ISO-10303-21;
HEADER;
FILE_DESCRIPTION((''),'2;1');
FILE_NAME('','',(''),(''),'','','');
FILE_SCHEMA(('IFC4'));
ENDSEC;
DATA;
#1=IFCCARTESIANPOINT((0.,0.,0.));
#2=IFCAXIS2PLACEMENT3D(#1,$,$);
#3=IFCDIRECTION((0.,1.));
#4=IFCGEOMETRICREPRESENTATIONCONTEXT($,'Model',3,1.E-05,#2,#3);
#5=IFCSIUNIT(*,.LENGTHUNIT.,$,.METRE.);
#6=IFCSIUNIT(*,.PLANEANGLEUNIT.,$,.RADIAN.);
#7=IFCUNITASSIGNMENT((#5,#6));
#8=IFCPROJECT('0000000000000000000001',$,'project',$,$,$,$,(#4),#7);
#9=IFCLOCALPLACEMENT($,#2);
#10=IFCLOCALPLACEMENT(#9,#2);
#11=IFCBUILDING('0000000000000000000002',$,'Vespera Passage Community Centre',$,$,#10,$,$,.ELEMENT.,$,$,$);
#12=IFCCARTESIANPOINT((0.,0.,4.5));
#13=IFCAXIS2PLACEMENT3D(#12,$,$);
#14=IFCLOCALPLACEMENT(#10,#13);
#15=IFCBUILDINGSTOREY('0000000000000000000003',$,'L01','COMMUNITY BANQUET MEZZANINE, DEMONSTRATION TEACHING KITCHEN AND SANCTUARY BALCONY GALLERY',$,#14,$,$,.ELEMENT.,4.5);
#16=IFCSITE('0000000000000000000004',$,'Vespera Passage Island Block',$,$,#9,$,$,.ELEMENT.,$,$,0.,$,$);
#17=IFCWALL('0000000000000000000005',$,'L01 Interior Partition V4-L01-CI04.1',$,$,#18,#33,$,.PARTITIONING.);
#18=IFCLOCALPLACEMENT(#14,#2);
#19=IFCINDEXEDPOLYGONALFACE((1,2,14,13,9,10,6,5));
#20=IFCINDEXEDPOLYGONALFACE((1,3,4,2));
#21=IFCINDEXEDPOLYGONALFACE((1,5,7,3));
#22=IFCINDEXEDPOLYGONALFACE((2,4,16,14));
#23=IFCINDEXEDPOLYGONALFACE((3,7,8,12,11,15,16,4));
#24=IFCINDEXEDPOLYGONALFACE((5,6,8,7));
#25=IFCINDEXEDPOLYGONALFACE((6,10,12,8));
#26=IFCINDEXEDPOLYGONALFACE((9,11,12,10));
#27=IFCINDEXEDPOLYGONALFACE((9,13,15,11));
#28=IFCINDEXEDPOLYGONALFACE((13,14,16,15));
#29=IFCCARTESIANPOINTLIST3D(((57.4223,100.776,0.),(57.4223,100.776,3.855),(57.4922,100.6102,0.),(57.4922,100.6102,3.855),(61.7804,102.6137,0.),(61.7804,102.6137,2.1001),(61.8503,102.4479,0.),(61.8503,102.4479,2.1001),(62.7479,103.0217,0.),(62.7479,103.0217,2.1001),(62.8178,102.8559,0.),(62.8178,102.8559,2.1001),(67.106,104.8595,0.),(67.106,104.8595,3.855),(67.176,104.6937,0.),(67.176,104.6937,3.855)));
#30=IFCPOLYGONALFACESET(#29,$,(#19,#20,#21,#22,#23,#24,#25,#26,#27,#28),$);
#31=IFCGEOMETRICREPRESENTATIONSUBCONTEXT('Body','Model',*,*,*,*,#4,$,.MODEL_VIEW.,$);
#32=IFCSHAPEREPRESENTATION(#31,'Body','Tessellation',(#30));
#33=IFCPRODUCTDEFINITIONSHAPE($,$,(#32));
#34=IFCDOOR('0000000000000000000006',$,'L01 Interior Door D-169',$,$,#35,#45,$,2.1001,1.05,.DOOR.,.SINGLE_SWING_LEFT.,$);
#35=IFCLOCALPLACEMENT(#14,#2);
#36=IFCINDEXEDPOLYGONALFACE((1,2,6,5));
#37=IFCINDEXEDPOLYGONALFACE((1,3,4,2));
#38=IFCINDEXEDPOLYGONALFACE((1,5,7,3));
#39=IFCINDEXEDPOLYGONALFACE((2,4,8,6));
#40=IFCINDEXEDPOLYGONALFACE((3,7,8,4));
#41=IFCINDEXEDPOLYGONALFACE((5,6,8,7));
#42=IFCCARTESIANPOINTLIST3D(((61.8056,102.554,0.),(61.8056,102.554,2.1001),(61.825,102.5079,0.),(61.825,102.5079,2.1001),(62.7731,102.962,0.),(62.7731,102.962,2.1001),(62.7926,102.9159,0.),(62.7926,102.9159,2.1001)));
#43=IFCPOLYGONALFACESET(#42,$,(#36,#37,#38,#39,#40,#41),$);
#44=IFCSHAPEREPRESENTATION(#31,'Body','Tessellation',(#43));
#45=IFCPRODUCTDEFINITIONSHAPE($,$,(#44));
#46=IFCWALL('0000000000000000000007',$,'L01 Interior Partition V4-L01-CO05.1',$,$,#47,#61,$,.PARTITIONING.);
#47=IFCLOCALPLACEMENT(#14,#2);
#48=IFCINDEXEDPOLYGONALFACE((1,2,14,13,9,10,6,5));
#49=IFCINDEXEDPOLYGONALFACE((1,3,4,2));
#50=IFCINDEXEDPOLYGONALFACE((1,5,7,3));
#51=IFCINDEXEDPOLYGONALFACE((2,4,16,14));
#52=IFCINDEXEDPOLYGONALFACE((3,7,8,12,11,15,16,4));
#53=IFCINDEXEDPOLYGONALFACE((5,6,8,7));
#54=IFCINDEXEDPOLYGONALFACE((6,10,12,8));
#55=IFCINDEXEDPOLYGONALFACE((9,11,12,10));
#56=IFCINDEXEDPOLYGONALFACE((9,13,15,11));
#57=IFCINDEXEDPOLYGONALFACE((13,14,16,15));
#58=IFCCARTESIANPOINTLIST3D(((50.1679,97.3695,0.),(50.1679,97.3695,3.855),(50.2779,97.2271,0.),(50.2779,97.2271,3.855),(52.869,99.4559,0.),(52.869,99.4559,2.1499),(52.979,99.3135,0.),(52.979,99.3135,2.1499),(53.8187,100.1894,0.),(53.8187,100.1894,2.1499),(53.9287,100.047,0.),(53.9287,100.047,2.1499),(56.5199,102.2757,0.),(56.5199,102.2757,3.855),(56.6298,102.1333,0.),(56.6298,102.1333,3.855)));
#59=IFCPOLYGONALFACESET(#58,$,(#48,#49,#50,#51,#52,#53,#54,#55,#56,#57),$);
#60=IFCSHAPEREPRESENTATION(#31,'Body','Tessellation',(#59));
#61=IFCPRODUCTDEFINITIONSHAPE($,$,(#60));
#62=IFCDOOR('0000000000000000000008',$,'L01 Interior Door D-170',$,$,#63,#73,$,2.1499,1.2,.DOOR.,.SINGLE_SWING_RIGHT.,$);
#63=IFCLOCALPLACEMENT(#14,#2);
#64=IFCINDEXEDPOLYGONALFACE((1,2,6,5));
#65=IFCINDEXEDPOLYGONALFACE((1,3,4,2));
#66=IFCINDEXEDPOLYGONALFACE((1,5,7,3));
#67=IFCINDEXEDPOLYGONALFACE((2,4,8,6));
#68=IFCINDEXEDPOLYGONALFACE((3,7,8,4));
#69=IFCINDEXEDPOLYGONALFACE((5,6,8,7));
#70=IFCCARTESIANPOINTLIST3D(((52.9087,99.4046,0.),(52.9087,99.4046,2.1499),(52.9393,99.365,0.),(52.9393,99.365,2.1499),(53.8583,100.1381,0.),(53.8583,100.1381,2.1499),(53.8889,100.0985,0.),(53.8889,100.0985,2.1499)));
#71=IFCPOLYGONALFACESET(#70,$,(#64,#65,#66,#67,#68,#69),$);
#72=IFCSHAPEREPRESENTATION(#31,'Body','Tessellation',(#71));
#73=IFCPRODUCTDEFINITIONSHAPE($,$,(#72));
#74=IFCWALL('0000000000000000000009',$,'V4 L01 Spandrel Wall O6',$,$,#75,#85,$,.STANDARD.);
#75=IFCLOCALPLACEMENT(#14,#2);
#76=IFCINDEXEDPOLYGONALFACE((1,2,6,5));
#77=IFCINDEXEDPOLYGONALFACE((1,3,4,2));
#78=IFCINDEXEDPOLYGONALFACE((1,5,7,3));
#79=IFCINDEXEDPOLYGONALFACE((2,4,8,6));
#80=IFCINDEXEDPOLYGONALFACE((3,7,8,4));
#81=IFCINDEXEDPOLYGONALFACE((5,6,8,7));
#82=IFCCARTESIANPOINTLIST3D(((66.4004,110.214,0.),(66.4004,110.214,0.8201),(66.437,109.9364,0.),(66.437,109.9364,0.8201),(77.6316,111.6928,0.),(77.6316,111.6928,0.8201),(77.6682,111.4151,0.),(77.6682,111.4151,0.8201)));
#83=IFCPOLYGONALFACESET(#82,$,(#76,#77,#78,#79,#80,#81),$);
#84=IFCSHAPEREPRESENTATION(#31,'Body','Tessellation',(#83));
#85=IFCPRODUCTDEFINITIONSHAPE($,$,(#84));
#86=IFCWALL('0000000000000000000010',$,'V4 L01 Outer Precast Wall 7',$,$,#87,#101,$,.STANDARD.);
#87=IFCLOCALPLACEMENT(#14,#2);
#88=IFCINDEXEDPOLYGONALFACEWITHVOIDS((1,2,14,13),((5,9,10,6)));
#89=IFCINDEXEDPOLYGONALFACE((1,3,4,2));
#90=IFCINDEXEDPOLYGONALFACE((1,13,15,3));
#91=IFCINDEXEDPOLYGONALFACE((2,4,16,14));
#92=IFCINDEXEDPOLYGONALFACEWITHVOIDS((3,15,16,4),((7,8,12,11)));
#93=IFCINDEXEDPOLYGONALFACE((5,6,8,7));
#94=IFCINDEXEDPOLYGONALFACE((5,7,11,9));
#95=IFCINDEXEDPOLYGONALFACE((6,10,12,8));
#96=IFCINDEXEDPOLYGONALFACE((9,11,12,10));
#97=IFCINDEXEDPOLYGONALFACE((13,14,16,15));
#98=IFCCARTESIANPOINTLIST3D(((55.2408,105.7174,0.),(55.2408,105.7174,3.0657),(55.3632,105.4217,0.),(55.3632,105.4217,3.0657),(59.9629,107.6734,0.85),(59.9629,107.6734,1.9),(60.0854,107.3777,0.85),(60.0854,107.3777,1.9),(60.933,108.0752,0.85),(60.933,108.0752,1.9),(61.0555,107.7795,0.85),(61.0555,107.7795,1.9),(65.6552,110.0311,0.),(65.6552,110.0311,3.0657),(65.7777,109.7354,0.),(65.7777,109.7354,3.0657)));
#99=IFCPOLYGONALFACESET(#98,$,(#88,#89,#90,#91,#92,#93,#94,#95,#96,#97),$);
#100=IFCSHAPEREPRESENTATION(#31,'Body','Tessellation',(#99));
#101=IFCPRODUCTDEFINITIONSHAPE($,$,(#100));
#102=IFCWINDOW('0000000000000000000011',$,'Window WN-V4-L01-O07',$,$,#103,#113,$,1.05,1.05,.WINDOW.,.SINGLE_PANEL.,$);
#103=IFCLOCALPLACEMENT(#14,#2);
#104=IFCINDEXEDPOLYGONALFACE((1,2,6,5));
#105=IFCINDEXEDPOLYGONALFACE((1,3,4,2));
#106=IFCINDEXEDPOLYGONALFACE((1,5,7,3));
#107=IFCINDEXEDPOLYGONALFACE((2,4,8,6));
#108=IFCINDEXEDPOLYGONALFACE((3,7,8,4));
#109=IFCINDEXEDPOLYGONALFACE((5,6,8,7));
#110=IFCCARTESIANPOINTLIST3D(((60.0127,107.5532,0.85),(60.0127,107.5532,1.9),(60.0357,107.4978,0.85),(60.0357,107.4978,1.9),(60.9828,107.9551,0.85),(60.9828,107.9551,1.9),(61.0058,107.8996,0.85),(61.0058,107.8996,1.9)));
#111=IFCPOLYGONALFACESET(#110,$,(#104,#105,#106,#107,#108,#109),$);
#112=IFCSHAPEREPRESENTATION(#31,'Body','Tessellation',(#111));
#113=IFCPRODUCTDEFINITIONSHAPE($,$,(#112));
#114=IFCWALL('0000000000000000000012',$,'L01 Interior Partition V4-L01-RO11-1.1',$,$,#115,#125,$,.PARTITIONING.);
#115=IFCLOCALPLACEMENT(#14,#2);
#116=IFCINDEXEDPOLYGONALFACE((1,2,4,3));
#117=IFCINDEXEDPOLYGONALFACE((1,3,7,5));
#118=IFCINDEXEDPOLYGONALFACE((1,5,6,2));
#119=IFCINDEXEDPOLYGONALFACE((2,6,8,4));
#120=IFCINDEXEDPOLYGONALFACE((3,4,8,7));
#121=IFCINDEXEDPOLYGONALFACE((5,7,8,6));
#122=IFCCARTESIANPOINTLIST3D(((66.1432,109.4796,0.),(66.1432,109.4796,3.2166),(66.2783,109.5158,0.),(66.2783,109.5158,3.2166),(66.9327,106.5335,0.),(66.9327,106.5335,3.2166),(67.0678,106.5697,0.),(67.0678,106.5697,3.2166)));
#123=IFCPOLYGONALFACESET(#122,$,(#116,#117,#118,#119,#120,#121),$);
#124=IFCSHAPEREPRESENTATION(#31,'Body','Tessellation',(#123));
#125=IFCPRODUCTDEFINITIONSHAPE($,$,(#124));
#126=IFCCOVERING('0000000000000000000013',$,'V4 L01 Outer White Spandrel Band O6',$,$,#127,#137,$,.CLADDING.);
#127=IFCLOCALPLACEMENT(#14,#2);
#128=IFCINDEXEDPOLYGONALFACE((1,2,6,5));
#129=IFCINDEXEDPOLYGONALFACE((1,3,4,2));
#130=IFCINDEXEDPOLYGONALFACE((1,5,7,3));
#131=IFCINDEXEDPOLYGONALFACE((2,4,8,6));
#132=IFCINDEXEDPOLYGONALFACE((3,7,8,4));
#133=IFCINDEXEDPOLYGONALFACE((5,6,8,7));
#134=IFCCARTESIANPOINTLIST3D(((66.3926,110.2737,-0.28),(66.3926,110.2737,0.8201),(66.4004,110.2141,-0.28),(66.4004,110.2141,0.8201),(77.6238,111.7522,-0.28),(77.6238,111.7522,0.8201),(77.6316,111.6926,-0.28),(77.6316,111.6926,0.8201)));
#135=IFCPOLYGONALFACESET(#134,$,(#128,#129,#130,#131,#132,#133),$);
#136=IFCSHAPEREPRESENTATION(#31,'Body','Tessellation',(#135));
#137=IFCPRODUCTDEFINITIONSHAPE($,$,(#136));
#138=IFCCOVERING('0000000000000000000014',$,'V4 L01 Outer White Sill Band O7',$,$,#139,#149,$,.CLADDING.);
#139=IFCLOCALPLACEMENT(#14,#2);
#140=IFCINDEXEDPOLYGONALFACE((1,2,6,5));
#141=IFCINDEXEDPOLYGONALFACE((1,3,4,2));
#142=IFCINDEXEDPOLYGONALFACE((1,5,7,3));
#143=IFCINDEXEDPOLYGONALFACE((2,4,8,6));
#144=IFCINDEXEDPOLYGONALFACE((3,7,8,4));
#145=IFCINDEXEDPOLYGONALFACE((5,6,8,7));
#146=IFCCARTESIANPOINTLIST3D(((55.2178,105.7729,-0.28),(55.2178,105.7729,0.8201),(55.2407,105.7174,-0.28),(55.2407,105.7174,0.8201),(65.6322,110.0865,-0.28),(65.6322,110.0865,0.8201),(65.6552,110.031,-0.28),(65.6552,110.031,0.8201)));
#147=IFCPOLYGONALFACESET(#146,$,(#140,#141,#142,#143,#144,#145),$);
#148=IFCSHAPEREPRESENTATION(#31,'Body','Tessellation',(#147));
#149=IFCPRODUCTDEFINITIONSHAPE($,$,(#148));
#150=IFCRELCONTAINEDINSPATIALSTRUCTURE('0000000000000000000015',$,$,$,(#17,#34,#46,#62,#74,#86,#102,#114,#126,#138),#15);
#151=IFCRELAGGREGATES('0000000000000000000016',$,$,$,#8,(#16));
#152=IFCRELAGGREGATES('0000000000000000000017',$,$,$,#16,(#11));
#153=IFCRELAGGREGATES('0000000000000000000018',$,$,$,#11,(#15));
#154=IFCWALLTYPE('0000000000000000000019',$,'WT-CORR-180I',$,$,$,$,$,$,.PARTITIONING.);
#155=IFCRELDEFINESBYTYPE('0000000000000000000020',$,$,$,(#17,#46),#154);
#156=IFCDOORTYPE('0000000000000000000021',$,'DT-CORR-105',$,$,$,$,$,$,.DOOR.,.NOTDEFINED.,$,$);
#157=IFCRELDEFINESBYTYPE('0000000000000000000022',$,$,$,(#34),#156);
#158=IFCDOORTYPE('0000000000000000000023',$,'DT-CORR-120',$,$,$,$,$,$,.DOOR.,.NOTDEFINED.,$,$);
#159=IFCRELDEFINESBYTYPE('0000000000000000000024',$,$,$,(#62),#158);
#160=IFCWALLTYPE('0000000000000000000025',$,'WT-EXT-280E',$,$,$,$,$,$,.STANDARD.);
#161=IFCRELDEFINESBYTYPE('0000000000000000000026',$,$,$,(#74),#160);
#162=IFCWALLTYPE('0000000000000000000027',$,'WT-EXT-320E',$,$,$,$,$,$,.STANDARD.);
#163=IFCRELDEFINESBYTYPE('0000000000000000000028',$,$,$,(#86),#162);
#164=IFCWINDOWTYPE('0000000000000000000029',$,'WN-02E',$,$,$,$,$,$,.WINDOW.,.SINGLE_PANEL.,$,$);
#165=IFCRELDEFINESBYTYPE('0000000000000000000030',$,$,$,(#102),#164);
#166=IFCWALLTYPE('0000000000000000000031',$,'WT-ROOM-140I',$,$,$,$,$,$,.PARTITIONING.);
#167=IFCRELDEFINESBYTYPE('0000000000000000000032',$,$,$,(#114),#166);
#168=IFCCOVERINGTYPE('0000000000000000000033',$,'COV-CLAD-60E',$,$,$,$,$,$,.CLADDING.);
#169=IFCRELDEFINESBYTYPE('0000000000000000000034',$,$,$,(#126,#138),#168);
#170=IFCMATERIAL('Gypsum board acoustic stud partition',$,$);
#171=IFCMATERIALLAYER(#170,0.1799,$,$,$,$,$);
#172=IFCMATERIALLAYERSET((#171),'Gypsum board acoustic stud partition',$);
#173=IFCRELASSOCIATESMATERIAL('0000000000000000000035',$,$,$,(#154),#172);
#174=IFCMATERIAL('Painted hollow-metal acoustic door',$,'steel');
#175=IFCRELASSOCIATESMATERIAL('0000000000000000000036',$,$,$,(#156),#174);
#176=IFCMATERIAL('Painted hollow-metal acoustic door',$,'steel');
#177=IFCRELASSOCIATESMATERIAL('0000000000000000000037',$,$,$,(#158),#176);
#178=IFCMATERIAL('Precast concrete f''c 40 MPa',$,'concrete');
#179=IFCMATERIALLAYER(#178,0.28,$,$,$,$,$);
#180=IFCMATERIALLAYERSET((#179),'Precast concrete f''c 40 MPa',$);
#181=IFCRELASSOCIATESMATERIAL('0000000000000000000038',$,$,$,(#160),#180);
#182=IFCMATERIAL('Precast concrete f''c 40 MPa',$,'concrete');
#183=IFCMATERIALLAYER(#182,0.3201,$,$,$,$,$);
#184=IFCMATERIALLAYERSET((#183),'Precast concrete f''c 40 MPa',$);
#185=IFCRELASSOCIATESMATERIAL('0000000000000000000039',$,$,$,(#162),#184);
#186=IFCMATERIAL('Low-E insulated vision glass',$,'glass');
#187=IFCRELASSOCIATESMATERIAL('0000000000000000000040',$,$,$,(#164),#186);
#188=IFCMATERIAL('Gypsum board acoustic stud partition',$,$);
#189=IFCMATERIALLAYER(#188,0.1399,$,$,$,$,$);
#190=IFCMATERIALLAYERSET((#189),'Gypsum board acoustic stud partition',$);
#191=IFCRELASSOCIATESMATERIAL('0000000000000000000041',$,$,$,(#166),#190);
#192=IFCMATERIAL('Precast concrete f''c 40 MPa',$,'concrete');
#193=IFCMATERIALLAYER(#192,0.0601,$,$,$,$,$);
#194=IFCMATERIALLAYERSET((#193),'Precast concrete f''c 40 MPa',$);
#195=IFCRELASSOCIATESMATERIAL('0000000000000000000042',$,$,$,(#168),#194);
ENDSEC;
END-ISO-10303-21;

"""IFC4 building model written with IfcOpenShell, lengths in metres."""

from ifc_helpers import new_model, si_unit, direction, frame, frame_2d, origin, place, context, subcontext, project, spatial, rectangle, extrude, material, layer, layer_set, type_object, element, fill, save


model = new_model("IFC4")

# Units and contexts
model_context = context("Model", 3, precision=1e-05, world=origin(), true_north=direction((0.0, 1.0)))
body_context = subcontext(model_context, "Body", "Model", "MODEL_VIEW")
ifc_project = project(units=[si_unit("LENGTHUNIT", "METRE"), si_unit("PLANEANGLEUNIT", "RADIAN")], contexts=[model_context])

# Site, building, storey
site_placement = place(None, origin())
site = spatial("IfcSite", under=ifc_project, at=site_placement, Name="Vespera Passage Island Block", CompositionType="ELEMENT", RefElevation=0.0)
building_placement = place(site_placement, origin())
building = spatial("IfcBuilding", under=site, at=building_placement, Name="Vespera Passage Community Centre", CompositionType="ELEMENT")
storey_placement = place(building_placement, frame((0.0, 0.0, 4.5)))
storey = spatial("IfcBuildingStorey", under=building, at=storey_placement, Name="L01", Description="COMMUNITY BANQUET MEZZANINE, DEMONSTRATION TEACHING KITCHEN AND SANCTUARY BALCONY GALLERY", CompositionType="ELEMENT", Elevation=4.5)

# Walls, openings, doors
ifc_material_1 = material(Name="Gypsum board acoustic stud partition")
ifc_layer_1 = layer(ifc_material_1, 0.1799)
ifc_layer_set_1 = layer_set([ifc_layer_1], Name="Gypsum board acoustic stud partition")
wall_type_1 = type_object("IfcWallType", Name="WT-CORR-180I", PredefinedType="PARTITIONING", material=ifc_layer_set_1)
wall_1_placement = place(storey_placement, frame((67.1411, 104.7766, 0.0), z_axis=(0.0, 0.0, 1.0), x_axis=(-0.921428, -0.388549, 0.0)))
wall_1 = element("IfcWall", 1, at=wall_1_placement, inside=storey, type_object=wall_type_1, Name="L01 Interior Partition V4-L01-CI04.1", PredefinedType="PARTITIONING", context=body_context, shape_type="SweptSolid", body=[
    extrude(rectangle(XDim=10.5095, YDim=0.1799, at=frame_2d((5.2549, 0.0))), origin(), (0.0, 0.0, 1.0), 3.855),
])
opening_1_placement = place(wall_1_placement, frame((4.73, 0.0, 0.0)))
opening_1 = element("IfcOpeningElement", 2, at=opening_1_placement, cuts=wall_1, PredefinedType="OPENING", context=body_context, shape_type="SweptSolid", body=[
    extrude(rectangle(XDim=1.05, YDim=2.1001, at=frame_2d((0.5249, 1.05))), frame((0.0, 0.0999, 0.0), z_axis=(0.0, -1.0, 0.0), x_axis=(1.0, 0.0, 0.0)), (0.0, 0.0, 1.0), 0.2),
])
ifc_material_2 = material(Name="Painted hollow-metal acoustic door", Category="steel")
door_type_1 = type_object("IfcDoorType", Name="DT-CORR-105", OperationType="NOTDEFINED", PredefinedType="DOOR", material=ifc_material_2)
door_1_placement = place(opening_1_placement, origin())
door_1 = element("IfcDoor", 3, at=door_1_placement, inside=storey, type_object=door_type_1, Name="L01 Interior Door D-169", OperationType="SINGLE_SWING_LEFT", OverallHeight=2.1001, OverallWidth=1.05, PredefinedType="DOOR", context=body_context, shape_type="SweptSolid", body=[
    extrude(rectangle(XDim=1.05, YDim=2.1001, at=frame_2d((0.5249, 1.05))), frame((0.0, 0.0249, 0.0), z_axis=(0.0, -1.0, 0.0), x_axis=(1.0, 0.0, 0.0)), (0.0, 0.0, 1.0), 0.05),
])
fill(opening_1, door_1)
wall_2_placement = place(storey_placement, frame((56.575, 102.2046, 0.0), z_axis=(0.0, 0.0, 1.0), x_axis=(-0.791415, -0.61128, 0.0)))
wall_2 = element("IfcWall", 4, at=wall_2_placement, inside=storey, type_object=wall_type_1, Name="L01 Interior Partition V4-L01-CO05.1", PredefinedType="PARTITIONING", context=body_context, shape_type="SweptSolid", body=[
    extrude(rectangle(XDim=8.0261, YDim=0.1799, at=frame_2d((4.0132, 0.0))), origin(), (0.0, 0.0, 1.0), 3.855),
])
opening_2_placement = place(wall_2_placement, frame((3.4131, 0.0, 0.0)))
opening_2 = element("IfcOpeningElement", 5, at=opening_2_placement, cuts=wall_2, PredefinedType="OPENING", context=body_context, shape_type="SweptSolid", body=[
    extrude(rectangle(XDim=1.2, YDim=2.1499, at=frame_2d((0.6001, 1.075))), frame((0.0, 0.0999, 0.0), z_axis=(0.0, -1.0, 0.0), x_axis=(1.0, 0.0, 0.0)), (0.0, 0.0, 1.0), 0.2),
])
ifc_material_3 = material(Name="Painted hollow-metal acoustic door", Category="steel")
door_type_2 = type_object("IfcDoorType", Name="DT-CORR-120", OperationType="NOTDEFINED", PredefinedType="DOOR", material=ifc_material_3)
door_2_placement = place(opening_2_placement, origin())
door_2 = element("IfcDoor", 6, at=door_2_placement, inside=storey, type_object=door_type_2, Name="L01 Interior Door D-170", OperationType="SINGLE_SWING_RIGHT", OverallHeight=2.1499, OverallWidth=1.2, PredefinedType="DOOR", context=body_context, shape_type="SweptSolid", body=[
    extrude(rectangle(XDim=1.2, YDim=2.1499, at=frame_2d((0.6001, 1.075))), frame((0.0, 0.0249, 0.0), z_axis=(0.0, -1.0, 0.0), x_axis=(1.0, 0.0, 0.0)), (0.0, 0.0, 1.0), 0.05),
])
fill(opening_2, door_2)

# Wall
ifc_material_4 = material(Name="Precast concrete f'c 40 MPa", Category="concrete")
ifc_layer_2 = layer(ifc_material_4, 0.28)
ifc_layer_set_2 = layer_set([ifc_layer_2], Name="Precast concrete f'c 40 MPa")
wall_type_2 = type_object("IfcWallType", Name="WT-EXT-280E", PredefinedType="STANDARD", material=ifc_layer_set_2)
wall_3_placement = place(storey_placement, frame((66.4187, 110.0752, 0.0), z_axis=(0.0, 0.0, 1.0), x_axis=(0.991443, 0.130539, 0.0)))
element("IfcWall", 7, at=wall_3_placement, inside=storey, type_object=wall_type_2, Name="V4 L01 Spandrel Wall O6", PredefinedType="STANDARD", context=body_context, shape_type="SweptSolid", body=[
    extrude(rectangle(XDim=11.3281, YDim=0.28, at=frame_2d((5.6641, 0.0))), origin(), (0.0, 0.0, 1.0), 0.8201),
])

# Wall, opening, window
ifc_material_5 = material(Name="Precast concrete f'c 40 MPa", Category="concrete")
ifc_layer_3 = layer(ifc_material_5, 0.3201)
ifc_layer_set_3 = layer_set([ifc_layer_3], Name="Precast concrete f'c 40 MPa")
wall_type_3 = type_object("IfcWallType", Name="WT-EXT-320E", PredefinedType="STANDARD", material=ifc_layer_set_3)
wall_4_placement = place(storey_placement, frame((55.302, 105.5696, 0.0), z_axis=(0.0, 0.0, 1.0), x_axis=(0.923884, 0.382674, 0.0)))
wall_4 = element("IfcWall", 8, at=wall_4_placement, inside=storey, type_object=wall_type_3, Name="V4 L01 Outer Precast Wall 7", PredefinedType="STANDARD", context=body_context, shape_type="SweptSolid", body=[
    extrude(rectangle(XDim=11.2725, YDim=0.3201, at=frame_2d((5.6362, 0.0))), origin(), (0.0, 0.0, 1.0), 3.0657),
])
opening_3_placement = place(wall_4_placement, frame((5.1113, 0.0, 0.8501)))
opening_3 = element("IfcOpeningElement", 9, at=opening_3_placement, cuts=wall_4, PredefinedType="OPENING", context=body_context, shape_type="SweptSolid", body=[
    extrude(rectangle(XDim=1.05, YDim=1.05, at=frame_2d((0.5249, 0.5249))), frame((0.0, 0.1702, 0.0), z_axis=(0.0, -1.0, 0.0), x_axis=(1.0, 0.0, 0.0)), (0.0, 0.0, 1.0), 0.3401),
])
ifc_material_6 = material(Name="Low-E insulated vision glass", Category="glass")
window_type = type_object("IfcWindowType", Name="WN-02E", PartitioningType="SINGLE_PANEL", PredefinedType="WINDOW", material=ifc_material_6)
window_placement = place(opening_3_placement, origin())
window = element("IfcWindow", 10, at=window_placement, inside=storey, type_object=window_type, Name="Window WN-V4-L01-O07", OverallHeight=1.05, OverallWidth=1.05, PartitioningType="SINGLE_PANEL", PredefinedType="WINDOW", context=body_context, shape_type="SweptSolid", body=[
    extrude(rectangle(XDim=1.05, YDim=1.05, at=frame_2d((0.5249, 0.5249))), frame((0.0, 0.03, 0.0), z_axis=(0.0, -1.0, 0.0), x_axis=(1.0, 0.0, 0.0)), (0.0, 0.0, 1.0), 0.0601),
])
fill(opening_3, window)

# Wall
ifc_material_7 = material(Name="Gypsum board acoustic stud partition")
ifc_layer_4 = layer(ifc_material_7, 0.1399)
ifc_layer_set_4 = layer_set([ifc_layer_4], Name="Gypsum board acoustic stud partition")
wall_type_4 = type_object("IfcWallType", Name="WT-ROOM-140I", PredefinedType="PARTITIONING", material=ifc_layer_set_4)
wall_5_placement = place(storey_placement, frame((67.0002, 106.5518, 0.0), z_axis=(0.0, 0.0, 1.0), x_axis=(-0.258868, 0.965913, 0.0)))
element("IfcWall", 11, at=wall_5_placement, inside=storey, type_object=wall_type_4, Name="L01 Interior Partition V4-L01-RO11-1.1", PredefinedType="PARTITIONING", context=body_context, shape_type="SweptSolid", body=[
    extrude(rectangle(XDim=3.05, YDim=0.1399, at=frame_2d((1.5249, 0.0))), origin(), (0.0, 0.0, 1.0), 3.2166),
])

# Coverings
ifc_material_8 = material(Name="Precast concrete f'c 40 MPa", Category="concrete")
ifc_layer_5 = layer(ifc_material_8, 0.0601)
ifc_layer_set_5 = layer_set([ifc_layer_5], Name="Precast concrete f'c 40 MPa")
covering_type = type_object("IfcCoveringType", Name="COV-CLAD-60E", PredefinedType="CLADDING", material=ifc_layer_set_5)
covering_1_placement = place(storey_placement, frame((66.3965, 110.2439, -0.28), z_axis=(0.0, 0.0, 1.0), x_axis=(0.991446, 0.130518, 0.0)))
element("IfcCovering", 12, at=covering_1_placement, inside=storey, type_object=covering_type, Name="V4 L01 Outer White Spandrel Band O6", PredefinedType="CLADDING", context=body_context, shape_type="SweptSolid", body=[
    extrude(rectangle(XDim=11.3281, YDim=0.0601, at=frame_2d((5.6641, 0.0))), origin(), (0.0, 0.0, 1.0), 1.1001),
])
covering_2_placement = place(storey_placement, frame((55.2292, 105.7451, -0.28), z_axis=(0.0, 0.0, 1.0), x_axis=(0.923884, 0.382674, 0.0)))
element("IfcCovering", 13, at=covering_2_placement, inside=storey, type_object=covering_type, Name="V4 L01 Outer White Sill Band O7", PredefinedType="CLADDING", context=body_context, shape_type="SweptSolid", body=[
    extrude(rectangle(XDim=11.2725, YDim=0.0601, at=frame_2d((5.6362, 0.0))), origin(), (0.0, 0.0, 1.0), 1.1001),
])

save(model, "model.ifc")
